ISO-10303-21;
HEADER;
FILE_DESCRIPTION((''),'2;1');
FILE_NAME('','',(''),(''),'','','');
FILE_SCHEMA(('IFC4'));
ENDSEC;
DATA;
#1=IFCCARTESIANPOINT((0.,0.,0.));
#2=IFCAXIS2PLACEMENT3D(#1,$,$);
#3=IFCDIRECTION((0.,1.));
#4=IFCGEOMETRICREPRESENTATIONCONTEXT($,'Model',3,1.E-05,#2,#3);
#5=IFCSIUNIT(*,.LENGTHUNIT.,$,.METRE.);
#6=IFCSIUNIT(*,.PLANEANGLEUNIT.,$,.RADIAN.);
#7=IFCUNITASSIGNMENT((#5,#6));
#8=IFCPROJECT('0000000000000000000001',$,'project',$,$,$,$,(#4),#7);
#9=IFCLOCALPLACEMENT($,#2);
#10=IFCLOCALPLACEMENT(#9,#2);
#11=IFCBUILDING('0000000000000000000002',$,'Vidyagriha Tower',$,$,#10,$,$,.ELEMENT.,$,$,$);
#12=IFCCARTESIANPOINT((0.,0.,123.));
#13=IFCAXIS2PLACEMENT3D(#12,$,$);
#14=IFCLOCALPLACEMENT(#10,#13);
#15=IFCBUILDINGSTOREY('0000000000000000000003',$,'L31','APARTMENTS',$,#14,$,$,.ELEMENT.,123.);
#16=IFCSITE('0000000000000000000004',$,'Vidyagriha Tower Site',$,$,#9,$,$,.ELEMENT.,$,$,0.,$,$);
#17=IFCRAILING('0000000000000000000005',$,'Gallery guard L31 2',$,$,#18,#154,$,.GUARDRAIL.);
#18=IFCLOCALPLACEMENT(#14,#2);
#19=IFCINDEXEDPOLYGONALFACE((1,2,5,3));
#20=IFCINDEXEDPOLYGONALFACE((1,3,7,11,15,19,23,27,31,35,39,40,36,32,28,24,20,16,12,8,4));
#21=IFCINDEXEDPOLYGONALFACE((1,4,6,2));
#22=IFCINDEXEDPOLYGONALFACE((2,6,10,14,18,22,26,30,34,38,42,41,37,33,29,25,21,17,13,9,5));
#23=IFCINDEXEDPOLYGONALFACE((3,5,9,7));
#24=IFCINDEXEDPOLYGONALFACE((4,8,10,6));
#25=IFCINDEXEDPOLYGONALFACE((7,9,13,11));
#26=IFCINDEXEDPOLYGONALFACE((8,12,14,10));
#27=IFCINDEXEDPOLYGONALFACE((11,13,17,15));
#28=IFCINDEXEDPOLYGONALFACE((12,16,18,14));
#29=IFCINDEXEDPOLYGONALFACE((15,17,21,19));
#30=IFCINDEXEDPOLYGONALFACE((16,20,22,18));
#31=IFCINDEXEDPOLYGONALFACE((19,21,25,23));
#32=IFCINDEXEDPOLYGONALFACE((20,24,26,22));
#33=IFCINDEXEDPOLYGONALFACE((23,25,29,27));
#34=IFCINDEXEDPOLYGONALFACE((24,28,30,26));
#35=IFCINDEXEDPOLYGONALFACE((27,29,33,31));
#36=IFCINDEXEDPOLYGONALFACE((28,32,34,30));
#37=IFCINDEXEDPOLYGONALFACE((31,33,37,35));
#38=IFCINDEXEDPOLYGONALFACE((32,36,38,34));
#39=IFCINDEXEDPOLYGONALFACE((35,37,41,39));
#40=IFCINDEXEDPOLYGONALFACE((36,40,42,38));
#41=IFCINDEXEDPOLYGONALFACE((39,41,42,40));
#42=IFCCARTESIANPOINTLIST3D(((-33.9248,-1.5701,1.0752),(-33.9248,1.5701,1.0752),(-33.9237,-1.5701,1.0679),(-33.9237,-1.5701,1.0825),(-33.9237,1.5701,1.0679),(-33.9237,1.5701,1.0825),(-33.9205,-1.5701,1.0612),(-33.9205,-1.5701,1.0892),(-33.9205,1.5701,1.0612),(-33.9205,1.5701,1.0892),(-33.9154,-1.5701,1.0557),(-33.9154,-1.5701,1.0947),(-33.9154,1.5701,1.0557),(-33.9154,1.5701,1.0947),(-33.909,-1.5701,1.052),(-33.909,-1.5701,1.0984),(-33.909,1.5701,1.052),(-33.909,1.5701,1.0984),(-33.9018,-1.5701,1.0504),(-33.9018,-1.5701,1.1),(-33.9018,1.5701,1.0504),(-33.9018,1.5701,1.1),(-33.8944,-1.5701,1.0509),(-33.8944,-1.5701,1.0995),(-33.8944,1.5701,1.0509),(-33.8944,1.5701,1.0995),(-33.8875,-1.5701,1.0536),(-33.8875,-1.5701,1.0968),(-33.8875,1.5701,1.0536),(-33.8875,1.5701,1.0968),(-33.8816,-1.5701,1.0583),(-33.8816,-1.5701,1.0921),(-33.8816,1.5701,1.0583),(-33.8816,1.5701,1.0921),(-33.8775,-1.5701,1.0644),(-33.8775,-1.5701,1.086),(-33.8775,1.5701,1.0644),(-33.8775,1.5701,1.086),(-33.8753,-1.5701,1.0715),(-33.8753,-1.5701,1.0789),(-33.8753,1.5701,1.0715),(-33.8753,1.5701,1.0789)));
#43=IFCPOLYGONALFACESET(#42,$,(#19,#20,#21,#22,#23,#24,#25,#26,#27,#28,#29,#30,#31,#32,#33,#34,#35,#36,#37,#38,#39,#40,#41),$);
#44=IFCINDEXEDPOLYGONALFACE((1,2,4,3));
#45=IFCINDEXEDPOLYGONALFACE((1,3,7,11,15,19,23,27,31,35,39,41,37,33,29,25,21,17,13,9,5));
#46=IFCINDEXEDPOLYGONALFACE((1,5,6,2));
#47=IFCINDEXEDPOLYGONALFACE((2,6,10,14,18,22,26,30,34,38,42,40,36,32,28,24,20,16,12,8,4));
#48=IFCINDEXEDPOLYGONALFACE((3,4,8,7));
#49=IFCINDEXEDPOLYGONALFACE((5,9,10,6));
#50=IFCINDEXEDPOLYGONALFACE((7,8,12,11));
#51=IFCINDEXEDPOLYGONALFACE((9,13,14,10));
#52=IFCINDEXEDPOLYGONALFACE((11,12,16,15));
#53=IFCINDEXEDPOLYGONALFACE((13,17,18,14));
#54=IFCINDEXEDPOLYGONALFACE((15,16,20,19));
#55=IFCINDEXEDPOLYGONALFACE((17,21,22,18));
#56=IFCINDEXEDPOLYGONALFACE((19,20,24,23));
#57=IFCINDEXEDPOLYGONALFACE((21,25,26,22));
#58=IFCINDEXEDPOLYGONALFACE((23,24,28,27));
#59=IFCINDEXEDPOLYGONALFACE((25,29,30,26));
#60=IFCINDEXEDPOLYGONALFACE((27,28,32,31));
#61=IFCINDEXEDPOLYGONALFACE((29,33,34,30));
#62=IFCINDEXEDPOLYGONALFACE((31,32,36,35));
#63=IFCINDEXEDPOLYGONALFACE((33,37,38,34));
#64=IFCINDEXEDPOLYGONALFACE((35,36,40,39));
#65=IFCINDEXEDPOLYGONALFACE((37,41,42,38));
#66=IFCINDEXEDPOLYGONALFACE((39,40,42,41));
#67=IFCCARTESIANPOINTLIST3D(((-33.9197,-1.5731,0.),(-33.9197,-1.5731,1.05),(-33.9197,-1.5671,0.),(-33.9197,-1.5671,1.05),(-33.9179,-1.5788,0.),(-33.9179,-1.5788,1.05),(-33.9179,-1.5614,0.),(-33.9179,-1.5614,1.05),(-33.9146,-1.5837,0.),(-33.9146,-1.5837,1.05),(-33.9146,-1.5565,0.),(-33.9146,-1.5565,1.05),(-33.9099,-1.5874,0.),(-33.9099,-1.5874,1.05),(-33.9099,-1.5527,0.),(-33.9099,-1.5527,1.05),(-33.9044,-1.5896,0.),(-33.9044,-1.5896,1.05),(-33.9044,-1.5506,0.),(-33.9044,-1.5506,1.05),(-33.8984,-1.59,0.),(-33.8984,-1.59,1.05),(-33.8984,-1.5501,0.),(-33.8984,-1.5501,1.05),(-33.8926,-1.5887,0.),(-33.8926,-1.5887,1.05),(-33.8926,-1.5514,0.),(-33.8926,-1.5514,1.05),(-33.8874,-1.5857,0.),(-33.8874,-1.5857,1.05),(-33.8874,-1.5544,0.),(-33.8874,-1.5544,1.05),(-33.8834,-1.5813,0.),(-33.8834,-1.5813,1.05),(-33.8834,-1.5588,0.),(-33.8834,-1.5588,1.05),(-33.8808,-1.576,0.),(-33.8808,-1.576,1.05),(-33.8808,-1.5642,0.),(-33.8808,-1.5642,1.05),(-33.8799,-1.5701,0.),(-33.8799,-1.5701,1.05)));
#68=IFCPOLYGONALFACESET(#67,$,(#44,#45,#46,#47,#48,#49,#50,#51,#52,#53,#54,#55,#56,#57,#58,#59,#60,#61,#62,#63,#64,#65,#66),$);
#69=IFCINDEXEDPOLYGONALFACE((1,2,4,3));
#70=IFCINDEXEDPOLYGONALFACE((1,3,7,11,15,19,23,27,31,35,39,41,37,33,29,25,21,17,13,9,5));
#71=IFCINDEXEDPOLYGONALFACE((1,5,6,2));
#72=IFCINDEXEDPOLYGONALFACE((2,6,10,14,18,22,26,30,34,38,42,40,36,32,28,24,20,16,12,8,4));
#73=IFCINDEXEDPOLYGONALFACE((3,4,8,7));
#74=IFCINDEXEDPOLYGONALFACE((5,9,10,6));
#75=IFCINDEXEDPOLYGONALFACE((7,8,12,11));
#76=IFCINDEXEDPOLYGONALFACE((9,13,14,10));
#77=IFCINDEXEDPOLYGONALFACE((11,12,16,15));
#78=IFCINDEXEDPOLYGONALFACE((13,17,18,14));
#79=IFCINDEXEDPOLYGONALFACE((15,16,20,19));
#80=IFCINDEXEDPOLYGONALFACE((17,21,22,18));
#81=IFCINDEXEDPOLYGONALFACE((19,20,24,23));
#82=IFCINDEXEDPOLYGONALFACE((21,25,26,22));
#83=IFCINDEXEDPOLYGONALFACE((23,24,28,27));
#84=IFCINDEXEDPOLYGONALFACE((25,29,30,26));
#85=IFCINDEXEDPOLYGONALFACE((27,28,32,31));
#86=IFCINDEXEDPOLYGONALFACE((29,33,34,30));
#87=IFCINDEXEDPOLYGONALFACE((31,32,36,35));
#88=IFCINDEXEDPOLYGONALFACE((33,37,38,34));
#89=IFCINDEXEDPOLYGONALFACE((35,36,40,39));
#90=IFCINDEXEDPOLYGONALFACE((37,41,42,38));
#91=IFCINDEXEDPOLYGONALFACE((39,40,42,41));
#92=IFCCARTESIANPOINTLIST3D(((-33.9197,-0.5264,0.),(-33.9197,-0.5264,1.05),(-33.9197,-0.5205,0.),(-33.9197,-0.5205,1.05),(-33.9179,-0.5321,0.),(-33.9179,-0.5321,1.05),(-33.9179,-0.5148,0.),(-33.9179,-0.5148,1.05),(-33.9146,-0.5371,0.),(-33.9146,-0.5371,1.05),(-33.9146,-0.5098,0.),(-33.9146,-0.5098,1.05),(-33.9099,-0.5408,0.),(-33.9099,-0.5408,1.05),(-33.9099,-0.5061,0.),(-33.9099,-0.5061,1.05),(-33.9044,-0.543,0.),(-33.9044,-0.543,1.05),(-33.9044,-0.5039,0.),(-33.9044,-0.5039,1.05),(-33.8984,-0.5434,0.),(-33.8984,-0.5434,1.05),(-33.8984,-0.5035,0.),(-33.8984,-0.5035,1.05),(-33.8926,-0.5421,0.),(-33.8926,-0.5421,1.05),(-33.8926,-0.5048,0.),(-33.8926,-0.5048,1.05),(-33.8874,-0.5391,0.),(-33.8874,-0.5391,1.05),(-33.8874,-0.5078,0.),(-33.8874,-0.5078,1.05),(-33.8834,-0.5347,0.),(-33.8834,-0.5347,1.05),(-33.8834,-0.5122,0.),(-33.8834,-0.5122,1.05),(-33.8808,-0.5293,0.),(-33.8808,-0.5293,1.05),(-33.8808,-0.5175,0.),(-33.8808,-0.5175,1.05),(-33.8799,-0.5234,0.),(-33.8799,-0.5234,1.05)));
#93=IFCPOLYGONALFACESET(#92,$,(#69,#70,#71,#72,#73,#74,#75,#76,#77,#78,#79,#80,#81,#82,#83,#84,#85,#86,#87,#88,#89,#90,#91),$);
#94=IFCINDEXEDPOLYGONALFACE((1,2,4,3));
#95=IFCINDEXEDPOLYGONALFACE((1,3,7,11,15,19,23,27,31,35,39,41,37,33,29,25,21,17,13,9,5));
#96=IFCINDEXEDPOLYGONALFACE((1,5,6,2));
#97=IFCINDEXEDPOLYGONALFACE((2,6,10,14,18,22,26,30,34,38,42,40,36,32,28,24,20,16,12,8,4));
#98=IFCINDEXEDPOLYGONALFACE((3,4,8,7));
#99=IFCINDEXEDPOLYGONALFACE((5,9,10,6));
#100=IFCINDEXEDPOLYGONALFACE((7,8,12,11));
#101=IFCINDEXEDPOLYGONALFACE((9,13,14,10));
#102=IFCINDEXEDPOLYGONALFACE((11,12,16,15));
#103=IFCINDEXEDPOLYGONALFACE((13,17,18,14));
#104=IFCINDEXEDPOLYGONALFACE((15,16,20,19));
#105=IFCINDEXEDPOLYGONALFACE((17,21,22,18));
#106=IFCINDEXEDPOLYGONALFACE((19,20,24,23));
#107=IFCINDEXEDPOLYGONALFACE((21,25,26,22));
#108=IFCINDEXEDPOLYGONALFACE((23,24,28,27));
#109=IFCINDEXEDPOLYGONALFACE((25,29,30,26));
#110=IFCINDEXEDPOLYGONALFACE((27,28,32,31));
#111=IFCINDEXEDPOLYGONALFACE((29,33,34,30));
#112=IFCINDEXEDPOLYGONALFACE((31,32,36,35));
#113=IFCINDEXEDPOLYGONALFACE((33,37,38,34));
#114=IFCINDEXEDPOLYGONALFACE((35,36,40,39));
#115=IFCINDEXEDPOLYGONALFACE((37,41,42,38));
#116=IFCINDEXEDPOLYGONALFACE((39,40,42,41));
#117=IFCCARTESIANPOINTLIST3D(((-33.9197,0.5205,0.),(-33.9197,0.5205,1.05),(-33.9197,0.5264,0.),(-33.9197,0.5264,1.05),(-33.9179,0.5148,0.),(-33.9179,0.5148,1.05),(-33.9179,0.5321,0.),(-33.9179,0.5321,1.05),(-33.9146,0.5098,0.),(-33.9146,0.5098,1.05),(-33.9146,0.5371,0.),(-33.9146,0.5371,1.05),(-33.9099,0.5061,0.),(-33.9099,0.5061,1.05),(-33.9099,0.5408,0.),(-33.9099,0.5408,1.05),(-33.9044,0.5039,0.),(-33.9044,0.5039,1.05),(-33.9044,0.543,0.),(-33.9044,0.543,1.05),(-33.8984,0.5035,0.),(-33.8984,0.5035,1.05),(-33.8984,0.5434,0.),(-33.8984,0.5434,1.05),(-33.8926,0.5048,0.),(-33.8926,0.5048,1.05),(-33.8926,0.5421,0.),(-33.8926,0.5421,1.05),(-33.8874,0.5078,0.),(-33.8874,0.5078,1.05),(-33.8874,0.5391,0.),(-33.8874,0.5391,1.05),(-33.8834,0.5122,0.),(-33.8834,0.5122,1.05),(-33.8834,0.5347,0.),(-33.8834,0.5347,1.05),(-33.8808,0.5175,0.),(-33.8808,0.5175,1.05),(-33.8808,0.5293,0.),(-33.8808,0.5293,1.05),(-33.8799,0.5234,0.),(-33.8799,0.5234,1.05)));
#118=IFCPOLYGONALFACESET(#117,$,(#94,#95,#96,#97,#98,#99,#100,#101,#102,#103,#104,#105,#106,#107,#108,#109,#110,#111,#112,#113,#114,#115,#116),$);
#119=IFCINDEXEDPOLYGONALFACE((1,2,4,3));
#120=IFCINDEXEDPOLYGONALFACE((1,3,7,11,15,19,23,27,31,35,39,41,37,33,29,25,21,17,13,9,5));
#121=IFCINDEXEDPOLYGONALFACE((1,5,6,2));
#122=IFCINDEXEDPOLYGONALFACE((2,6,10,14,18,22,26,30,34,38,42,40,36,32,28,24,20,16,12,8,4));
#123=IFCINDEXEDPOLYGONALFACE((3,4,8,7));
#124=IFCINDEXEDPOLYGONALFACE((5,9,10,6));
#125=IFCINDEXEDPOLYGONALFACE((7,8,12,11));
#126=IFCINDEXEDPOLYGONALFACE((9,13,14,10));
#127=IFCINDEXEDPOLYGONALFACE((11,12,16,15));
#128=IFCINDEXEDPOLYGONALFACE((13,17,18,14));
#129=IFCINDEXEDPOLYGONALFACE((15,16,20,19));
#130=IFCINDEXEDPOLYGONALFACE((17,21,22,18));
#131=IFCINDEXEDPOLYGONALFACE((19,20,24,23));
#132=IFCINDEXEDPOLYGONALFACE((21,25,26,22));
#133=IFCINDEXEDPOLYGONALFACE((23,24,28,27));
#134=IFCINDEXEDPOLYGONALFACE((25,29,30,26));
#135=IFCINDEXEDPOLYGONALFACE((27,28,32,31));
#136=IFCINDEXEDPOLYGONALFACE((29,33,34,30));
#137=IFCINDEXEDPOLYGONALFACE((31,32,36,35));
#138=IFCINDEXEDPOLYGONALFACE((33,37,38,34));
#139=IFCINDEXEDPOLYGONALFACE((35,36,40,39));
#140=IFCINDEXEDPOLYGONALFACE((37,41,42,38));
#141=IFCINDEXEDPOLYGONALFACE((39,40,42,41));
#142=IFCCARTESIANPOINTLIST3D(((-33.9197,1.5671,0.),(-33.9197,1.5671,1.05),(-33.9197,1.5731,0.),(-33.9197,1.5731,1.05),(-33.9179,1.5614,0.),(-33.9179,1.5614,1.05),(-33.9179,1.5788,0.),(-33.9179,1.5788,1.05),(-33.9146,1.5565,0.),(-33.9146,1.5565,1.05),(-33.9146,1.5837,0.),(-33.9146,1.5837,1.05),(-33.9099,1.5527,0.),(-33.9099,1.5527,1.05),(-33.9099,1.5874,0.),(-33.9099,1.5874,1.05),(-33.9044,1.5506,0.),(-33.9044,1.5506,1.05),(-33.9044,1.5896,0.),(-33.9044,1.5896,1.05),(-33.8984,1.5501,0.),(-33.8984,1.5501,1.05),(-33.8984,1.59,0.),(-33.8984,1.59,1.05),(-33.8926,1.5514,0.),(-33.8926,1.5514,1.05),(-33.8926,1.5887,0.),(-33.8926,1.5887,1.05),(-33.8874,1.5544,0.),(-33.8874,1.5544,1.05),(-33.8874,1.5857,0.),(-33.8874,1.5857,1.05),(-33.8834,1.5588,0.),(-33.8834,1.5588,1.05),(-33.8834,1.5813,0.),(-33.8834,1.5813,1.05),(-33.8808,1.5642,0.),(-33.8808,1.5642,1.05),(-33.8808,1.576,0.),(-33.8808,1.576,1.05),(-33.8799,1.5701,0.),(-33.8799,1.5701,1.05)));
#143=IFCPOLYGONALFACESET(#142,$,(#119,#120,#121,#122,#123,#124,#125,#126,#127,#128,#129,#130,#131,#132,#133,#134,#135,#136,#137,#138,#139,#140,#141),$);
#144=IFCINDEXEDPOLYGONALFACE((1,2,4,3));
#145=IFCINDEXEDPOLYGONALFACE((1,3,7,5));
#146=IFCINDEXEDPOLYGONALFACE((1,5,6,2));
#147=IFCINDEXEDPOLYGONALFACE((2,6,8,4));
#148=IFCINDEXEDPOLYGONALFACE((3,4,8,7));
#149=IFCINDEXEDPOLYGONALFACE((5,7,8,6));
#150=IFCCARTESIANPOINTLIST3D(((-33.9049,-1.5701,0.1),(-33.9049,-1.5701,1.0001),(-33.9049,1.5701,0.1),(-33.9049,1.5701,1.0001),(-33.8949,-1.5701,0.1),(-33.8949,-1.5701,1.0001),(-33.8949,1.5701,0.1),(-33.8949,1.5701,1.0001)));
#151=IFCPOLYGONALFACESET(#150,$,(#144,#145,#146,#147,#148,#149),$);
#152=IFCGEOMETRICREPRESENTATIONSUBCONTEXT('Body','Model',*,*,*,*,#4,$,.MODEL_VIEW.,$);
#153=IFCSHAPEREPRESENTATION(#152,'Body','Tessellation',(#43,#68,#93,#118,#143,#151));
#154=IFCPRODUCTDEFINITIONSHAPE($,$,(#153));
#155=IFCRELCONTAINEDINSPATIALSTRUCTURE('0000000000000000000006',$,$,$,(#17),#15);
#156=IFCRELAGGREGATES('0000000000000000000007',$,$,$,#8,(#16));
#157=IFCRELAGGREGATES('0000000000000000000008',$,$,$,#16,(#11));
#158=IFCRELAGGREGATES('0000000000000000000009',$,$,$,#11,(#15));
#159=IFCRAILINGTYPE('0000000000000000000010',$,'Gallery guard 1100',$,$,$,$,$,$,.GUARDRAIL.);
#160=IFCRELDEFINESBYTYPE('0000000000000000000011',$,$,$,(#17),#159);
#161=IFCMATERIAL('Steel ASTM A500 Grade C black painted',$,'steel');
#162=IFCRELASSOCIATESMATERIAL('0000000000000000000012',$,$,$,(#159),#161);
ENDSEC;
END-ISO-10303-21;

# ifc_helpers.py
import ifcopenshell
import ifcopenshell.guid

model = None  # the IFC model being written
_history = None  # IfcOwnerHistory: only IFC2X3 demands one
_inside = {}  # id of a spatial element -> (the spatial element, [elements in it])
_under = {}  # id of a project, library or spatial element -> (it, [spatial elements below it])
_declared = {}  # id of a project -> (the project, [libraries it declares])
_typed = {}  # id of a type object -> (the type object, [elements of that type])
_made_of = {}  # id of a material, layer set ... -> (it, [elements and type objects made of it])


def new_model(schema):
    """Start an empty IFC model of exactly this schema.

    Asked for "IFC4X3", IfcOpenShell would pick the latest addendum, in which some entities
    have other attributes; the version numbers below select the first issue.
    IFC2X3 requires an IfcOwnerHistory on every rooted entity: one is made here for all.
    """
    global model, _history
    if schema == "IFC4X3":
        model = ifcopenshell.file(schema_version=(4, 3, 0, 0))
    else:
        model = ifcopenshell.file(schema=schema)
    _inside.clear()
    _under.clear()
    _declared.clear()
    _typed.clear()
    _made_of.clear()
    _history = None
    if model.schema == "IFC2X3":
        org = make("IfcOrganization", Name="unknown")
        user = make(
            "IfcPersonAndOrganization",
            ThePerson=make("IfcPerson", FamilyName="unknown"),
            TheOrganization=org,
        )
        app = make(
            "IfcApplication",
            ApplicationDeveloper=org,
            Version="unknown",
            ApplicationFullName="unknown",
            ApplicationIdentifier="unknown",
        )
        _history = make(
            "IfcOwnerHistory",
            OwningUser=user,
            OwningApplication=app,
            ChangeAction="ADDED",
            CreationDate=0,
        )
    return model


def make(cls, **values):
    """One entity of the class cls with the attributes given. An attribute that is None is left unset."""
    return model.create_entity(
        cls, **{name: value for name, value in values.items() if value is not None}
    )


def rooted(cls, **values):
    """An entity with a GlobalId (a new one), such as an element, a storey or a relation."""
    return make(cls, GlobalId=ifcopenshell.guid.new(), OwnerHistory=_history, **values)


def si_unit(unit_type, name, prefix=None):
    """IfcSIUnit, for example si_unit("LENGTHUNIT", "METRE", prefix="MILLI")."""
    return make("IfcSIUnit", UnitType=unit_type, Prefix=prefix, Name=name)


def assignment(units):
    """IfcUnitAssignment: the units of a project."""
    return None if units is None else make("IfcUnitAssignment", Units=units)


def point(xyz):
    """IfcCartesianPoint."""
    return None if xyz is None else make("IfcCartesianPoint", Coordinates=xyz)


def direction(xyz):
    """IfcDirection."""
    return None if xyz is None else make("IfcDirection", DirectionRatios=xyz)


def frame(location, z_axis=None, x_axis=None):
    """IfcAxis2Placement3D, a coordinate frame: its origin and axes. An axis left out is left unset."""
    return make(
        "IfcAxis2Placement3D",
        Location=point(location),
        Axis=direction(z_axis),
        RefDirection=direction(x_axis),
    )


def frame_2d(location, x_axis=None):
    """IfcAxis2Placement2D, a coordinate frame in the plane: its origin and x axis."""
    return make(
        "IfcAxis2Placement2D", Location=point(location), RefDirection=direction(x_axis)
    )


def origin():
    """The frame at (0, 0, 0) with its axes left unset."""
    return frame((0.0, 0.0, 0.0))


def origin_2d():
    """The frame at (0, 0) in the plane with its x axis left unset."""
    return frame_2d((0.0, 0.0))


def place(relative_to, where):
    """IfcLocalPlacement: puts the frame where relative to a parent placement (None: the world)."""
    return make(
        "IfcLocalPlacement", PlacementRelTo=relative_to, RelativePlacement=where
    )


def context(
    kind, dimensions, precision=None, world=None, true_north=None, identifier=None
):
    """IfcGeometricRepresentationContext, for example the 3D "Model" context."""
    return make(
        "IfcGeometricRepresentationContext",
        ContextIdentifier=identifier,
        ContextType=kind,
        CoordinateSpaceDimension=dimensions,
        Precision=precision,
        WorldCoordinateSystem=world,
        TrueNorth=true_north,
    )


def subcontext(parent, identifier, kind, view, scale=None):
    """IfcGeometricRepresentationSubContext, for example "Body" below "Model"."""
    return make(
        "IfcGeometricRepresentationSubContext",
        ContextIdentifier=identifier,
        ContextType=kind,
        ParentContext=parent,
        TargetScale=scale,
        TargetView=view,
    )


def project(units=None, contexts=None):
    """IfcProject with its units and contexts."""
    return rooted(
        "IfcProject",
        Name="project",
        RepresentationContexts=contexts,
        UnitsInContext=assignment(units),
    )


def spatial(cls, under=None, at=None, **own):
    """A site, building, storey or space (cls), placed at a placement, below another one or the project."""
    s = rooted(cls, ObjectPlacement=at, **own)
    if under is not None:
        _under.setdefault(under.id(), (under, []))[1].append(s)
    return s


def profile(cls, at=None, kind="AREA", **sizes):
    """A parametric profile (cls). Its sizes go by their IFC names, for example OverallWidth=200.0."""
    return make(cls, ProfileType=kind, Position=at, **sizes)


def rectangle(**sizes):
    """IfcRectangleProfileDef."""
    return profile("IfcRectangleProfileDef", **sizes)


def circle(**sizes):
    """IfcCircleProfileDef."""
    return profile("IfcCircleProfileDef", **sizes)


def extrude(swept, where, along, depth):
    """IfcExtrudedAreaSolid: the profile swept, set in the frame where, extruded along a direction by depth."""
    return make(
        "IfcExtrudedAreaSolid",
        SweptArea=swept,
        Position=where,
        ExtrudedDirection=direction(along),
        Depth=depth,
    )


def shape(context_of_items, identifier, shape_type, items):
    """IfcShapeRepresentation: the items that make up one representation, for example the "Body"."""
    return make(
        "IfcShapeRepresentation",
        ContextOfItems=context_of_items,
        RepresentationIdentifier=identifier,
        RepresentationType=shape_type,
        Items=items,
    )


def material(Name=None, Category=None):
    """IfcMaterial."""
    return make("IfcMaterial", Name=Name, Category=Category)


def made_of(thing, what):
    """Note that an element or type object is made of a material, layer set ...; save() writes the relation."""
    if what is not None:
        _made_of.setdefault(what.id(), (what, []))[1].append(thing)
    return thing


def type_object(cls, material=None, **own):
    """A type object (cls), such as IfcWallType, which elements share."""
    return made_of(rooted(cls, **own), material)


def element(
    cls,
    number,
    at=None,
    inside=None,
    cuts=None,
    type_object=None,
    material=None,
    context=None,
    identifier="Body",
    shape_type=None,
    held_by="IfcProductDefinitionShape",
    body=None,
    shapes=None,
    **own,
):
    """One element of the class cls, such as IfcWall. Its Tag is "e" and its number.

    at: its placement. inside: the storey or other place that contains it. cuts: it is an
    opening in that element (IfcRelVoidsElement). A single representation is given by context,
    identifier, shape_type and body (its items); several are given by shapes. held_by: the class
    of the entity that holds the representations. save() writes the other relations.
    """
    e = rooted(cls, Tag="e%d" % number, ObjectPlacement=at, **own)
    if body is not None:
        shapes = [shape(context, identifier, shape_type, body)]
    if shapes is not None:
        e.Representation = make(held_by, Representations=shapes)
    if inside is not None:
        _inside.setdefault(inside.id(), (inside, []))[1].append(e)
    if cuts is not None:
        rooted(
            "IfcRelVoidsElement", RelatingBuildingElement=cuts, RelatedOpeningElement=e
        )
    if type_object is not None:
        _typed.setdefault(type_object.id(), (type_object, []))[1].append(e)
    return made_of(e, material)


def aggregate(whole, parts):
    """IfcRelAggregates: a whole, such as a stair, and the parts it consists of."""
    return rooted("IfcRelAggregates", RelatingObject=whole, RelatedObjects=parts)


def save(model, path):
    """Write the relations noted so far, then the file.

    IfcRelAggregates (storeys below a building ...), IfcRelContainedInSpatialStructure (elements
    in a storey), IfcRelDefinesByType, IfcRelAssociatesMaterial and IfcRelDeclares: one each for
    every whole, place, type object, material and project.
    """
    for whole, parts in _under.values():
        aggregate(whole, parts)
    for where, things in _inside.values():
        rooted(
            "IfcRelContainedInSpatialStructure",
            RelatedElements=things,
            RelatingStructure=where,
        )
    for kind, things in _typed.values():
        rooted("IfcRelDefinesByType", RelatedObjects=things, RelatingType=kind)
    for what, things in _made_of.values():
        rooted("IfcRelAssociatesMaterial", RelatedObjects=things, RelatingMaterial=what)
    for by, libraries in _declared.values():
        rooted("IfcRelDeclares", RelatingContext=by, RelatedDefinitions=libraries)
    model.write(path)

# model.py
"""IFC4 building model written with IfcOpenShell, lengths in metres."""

from ifc_helpers import new_model, si_unit, direction, frame, origin, origin_2d, place, context, subcontext, project, spatial, rectangle, circle, extrude, material, type_object, element, save


model = new_model("IFC4")

# Units and contexts
model_context = context("Model", 3, precision=1e-05, world=origin(), true_north=direction((0.0, 1.0)))
body_context = subcontext(model_context, "Body", "Model", "MODEL_VIEW")
ifc_project = project(units=[si_unit("LENGTHUNIT", "METRE"), si_unit("PLANEANGLEUNIT", "RADIAN")], contexts=[model_context])

# Site, building, storey
site_placement = place(None, origin())
site = spatial("IfcSite", under=ifc_project, at=site_placement, Name="Vidyagriha Tower Site", CompositionType="ELEMENT", RefElevation=0.0)
building_placement = place(site_placement, origin())
building = spatial("IfcBuilding", under=site, at=building_placement, Name="Vidyagriha Tower", CompositionType="ELEMENT")
storey_placement = place(building_placement, frame((0.0, 0.0, 123.0)))
storey = spatial("IfcBuildingStorey", under=building, at=storey_placement, Name="L31", Description="APARTMENTS", CompositionType="ELEMENT", Elevation=123.0)

# Railing
ifc_material_1 = material(Name="Steel ASTM A500 Grade C black painted", Category="steel")
railing_type_1 = type_object("IfcRailingType", Name="Gallery guard 1100", PredefinedType="GUARDRAIL", material=ifc_material_1)
railing_1_placement = place(storey_placement, frame((-33.8999, -1.5701, 0.0)))
element("IfcRailing", 1, at=railing_1_placement, inside=storey, type_object=railing_type_1, Name="Gallery guard L31 2", PredefinedType="GUARDRAIL", context=body_context, shape_type="SweptSolid", body=[
    extrude(circle(Radius=0.0249, at=origin_2d()), frame((0.0, 0.0, 1.0752), z_axis=(0.0, 1.0, 0.0), x_axis=(-1.0, 0.0, 0.0)), (0.0, 0.0, 1.0), 3.1401),
    extrude(circle(Radius=0.02, at=origin_2d()), origin(), (0.0, 0.0, 1.0), 1.05),
    extrude(circle(Radius=0.02, at=origin_2d()), frame((0.0, 1.0466, 0.0)), (0.0, 0.0, 1.0), 1.05),
    extrude(circle(Radius=0.02, at=origin_2d()), frame((0.0, 2.0935, 0.0)), (0.0, 0.0, 1.0), 1.05),
    extrude(circle(Radius=0.02, at=origin_2d()), frame((0.0, 3.1401, 0.0)), (0.0, 0.0, 1.0), 1.05),
    extrude(rectangle(XDim=0.01, YDim=0.9001, at=origin_2d()), frame((0.0, 0.0, 0.55), z_axis=(0.0, 1.0, 0.0), x_axis=(-1.0, 0.0, 0.0)), (0.0, 0.0, 1.0), 3.1401),
])

save(model, "model.ifc")
